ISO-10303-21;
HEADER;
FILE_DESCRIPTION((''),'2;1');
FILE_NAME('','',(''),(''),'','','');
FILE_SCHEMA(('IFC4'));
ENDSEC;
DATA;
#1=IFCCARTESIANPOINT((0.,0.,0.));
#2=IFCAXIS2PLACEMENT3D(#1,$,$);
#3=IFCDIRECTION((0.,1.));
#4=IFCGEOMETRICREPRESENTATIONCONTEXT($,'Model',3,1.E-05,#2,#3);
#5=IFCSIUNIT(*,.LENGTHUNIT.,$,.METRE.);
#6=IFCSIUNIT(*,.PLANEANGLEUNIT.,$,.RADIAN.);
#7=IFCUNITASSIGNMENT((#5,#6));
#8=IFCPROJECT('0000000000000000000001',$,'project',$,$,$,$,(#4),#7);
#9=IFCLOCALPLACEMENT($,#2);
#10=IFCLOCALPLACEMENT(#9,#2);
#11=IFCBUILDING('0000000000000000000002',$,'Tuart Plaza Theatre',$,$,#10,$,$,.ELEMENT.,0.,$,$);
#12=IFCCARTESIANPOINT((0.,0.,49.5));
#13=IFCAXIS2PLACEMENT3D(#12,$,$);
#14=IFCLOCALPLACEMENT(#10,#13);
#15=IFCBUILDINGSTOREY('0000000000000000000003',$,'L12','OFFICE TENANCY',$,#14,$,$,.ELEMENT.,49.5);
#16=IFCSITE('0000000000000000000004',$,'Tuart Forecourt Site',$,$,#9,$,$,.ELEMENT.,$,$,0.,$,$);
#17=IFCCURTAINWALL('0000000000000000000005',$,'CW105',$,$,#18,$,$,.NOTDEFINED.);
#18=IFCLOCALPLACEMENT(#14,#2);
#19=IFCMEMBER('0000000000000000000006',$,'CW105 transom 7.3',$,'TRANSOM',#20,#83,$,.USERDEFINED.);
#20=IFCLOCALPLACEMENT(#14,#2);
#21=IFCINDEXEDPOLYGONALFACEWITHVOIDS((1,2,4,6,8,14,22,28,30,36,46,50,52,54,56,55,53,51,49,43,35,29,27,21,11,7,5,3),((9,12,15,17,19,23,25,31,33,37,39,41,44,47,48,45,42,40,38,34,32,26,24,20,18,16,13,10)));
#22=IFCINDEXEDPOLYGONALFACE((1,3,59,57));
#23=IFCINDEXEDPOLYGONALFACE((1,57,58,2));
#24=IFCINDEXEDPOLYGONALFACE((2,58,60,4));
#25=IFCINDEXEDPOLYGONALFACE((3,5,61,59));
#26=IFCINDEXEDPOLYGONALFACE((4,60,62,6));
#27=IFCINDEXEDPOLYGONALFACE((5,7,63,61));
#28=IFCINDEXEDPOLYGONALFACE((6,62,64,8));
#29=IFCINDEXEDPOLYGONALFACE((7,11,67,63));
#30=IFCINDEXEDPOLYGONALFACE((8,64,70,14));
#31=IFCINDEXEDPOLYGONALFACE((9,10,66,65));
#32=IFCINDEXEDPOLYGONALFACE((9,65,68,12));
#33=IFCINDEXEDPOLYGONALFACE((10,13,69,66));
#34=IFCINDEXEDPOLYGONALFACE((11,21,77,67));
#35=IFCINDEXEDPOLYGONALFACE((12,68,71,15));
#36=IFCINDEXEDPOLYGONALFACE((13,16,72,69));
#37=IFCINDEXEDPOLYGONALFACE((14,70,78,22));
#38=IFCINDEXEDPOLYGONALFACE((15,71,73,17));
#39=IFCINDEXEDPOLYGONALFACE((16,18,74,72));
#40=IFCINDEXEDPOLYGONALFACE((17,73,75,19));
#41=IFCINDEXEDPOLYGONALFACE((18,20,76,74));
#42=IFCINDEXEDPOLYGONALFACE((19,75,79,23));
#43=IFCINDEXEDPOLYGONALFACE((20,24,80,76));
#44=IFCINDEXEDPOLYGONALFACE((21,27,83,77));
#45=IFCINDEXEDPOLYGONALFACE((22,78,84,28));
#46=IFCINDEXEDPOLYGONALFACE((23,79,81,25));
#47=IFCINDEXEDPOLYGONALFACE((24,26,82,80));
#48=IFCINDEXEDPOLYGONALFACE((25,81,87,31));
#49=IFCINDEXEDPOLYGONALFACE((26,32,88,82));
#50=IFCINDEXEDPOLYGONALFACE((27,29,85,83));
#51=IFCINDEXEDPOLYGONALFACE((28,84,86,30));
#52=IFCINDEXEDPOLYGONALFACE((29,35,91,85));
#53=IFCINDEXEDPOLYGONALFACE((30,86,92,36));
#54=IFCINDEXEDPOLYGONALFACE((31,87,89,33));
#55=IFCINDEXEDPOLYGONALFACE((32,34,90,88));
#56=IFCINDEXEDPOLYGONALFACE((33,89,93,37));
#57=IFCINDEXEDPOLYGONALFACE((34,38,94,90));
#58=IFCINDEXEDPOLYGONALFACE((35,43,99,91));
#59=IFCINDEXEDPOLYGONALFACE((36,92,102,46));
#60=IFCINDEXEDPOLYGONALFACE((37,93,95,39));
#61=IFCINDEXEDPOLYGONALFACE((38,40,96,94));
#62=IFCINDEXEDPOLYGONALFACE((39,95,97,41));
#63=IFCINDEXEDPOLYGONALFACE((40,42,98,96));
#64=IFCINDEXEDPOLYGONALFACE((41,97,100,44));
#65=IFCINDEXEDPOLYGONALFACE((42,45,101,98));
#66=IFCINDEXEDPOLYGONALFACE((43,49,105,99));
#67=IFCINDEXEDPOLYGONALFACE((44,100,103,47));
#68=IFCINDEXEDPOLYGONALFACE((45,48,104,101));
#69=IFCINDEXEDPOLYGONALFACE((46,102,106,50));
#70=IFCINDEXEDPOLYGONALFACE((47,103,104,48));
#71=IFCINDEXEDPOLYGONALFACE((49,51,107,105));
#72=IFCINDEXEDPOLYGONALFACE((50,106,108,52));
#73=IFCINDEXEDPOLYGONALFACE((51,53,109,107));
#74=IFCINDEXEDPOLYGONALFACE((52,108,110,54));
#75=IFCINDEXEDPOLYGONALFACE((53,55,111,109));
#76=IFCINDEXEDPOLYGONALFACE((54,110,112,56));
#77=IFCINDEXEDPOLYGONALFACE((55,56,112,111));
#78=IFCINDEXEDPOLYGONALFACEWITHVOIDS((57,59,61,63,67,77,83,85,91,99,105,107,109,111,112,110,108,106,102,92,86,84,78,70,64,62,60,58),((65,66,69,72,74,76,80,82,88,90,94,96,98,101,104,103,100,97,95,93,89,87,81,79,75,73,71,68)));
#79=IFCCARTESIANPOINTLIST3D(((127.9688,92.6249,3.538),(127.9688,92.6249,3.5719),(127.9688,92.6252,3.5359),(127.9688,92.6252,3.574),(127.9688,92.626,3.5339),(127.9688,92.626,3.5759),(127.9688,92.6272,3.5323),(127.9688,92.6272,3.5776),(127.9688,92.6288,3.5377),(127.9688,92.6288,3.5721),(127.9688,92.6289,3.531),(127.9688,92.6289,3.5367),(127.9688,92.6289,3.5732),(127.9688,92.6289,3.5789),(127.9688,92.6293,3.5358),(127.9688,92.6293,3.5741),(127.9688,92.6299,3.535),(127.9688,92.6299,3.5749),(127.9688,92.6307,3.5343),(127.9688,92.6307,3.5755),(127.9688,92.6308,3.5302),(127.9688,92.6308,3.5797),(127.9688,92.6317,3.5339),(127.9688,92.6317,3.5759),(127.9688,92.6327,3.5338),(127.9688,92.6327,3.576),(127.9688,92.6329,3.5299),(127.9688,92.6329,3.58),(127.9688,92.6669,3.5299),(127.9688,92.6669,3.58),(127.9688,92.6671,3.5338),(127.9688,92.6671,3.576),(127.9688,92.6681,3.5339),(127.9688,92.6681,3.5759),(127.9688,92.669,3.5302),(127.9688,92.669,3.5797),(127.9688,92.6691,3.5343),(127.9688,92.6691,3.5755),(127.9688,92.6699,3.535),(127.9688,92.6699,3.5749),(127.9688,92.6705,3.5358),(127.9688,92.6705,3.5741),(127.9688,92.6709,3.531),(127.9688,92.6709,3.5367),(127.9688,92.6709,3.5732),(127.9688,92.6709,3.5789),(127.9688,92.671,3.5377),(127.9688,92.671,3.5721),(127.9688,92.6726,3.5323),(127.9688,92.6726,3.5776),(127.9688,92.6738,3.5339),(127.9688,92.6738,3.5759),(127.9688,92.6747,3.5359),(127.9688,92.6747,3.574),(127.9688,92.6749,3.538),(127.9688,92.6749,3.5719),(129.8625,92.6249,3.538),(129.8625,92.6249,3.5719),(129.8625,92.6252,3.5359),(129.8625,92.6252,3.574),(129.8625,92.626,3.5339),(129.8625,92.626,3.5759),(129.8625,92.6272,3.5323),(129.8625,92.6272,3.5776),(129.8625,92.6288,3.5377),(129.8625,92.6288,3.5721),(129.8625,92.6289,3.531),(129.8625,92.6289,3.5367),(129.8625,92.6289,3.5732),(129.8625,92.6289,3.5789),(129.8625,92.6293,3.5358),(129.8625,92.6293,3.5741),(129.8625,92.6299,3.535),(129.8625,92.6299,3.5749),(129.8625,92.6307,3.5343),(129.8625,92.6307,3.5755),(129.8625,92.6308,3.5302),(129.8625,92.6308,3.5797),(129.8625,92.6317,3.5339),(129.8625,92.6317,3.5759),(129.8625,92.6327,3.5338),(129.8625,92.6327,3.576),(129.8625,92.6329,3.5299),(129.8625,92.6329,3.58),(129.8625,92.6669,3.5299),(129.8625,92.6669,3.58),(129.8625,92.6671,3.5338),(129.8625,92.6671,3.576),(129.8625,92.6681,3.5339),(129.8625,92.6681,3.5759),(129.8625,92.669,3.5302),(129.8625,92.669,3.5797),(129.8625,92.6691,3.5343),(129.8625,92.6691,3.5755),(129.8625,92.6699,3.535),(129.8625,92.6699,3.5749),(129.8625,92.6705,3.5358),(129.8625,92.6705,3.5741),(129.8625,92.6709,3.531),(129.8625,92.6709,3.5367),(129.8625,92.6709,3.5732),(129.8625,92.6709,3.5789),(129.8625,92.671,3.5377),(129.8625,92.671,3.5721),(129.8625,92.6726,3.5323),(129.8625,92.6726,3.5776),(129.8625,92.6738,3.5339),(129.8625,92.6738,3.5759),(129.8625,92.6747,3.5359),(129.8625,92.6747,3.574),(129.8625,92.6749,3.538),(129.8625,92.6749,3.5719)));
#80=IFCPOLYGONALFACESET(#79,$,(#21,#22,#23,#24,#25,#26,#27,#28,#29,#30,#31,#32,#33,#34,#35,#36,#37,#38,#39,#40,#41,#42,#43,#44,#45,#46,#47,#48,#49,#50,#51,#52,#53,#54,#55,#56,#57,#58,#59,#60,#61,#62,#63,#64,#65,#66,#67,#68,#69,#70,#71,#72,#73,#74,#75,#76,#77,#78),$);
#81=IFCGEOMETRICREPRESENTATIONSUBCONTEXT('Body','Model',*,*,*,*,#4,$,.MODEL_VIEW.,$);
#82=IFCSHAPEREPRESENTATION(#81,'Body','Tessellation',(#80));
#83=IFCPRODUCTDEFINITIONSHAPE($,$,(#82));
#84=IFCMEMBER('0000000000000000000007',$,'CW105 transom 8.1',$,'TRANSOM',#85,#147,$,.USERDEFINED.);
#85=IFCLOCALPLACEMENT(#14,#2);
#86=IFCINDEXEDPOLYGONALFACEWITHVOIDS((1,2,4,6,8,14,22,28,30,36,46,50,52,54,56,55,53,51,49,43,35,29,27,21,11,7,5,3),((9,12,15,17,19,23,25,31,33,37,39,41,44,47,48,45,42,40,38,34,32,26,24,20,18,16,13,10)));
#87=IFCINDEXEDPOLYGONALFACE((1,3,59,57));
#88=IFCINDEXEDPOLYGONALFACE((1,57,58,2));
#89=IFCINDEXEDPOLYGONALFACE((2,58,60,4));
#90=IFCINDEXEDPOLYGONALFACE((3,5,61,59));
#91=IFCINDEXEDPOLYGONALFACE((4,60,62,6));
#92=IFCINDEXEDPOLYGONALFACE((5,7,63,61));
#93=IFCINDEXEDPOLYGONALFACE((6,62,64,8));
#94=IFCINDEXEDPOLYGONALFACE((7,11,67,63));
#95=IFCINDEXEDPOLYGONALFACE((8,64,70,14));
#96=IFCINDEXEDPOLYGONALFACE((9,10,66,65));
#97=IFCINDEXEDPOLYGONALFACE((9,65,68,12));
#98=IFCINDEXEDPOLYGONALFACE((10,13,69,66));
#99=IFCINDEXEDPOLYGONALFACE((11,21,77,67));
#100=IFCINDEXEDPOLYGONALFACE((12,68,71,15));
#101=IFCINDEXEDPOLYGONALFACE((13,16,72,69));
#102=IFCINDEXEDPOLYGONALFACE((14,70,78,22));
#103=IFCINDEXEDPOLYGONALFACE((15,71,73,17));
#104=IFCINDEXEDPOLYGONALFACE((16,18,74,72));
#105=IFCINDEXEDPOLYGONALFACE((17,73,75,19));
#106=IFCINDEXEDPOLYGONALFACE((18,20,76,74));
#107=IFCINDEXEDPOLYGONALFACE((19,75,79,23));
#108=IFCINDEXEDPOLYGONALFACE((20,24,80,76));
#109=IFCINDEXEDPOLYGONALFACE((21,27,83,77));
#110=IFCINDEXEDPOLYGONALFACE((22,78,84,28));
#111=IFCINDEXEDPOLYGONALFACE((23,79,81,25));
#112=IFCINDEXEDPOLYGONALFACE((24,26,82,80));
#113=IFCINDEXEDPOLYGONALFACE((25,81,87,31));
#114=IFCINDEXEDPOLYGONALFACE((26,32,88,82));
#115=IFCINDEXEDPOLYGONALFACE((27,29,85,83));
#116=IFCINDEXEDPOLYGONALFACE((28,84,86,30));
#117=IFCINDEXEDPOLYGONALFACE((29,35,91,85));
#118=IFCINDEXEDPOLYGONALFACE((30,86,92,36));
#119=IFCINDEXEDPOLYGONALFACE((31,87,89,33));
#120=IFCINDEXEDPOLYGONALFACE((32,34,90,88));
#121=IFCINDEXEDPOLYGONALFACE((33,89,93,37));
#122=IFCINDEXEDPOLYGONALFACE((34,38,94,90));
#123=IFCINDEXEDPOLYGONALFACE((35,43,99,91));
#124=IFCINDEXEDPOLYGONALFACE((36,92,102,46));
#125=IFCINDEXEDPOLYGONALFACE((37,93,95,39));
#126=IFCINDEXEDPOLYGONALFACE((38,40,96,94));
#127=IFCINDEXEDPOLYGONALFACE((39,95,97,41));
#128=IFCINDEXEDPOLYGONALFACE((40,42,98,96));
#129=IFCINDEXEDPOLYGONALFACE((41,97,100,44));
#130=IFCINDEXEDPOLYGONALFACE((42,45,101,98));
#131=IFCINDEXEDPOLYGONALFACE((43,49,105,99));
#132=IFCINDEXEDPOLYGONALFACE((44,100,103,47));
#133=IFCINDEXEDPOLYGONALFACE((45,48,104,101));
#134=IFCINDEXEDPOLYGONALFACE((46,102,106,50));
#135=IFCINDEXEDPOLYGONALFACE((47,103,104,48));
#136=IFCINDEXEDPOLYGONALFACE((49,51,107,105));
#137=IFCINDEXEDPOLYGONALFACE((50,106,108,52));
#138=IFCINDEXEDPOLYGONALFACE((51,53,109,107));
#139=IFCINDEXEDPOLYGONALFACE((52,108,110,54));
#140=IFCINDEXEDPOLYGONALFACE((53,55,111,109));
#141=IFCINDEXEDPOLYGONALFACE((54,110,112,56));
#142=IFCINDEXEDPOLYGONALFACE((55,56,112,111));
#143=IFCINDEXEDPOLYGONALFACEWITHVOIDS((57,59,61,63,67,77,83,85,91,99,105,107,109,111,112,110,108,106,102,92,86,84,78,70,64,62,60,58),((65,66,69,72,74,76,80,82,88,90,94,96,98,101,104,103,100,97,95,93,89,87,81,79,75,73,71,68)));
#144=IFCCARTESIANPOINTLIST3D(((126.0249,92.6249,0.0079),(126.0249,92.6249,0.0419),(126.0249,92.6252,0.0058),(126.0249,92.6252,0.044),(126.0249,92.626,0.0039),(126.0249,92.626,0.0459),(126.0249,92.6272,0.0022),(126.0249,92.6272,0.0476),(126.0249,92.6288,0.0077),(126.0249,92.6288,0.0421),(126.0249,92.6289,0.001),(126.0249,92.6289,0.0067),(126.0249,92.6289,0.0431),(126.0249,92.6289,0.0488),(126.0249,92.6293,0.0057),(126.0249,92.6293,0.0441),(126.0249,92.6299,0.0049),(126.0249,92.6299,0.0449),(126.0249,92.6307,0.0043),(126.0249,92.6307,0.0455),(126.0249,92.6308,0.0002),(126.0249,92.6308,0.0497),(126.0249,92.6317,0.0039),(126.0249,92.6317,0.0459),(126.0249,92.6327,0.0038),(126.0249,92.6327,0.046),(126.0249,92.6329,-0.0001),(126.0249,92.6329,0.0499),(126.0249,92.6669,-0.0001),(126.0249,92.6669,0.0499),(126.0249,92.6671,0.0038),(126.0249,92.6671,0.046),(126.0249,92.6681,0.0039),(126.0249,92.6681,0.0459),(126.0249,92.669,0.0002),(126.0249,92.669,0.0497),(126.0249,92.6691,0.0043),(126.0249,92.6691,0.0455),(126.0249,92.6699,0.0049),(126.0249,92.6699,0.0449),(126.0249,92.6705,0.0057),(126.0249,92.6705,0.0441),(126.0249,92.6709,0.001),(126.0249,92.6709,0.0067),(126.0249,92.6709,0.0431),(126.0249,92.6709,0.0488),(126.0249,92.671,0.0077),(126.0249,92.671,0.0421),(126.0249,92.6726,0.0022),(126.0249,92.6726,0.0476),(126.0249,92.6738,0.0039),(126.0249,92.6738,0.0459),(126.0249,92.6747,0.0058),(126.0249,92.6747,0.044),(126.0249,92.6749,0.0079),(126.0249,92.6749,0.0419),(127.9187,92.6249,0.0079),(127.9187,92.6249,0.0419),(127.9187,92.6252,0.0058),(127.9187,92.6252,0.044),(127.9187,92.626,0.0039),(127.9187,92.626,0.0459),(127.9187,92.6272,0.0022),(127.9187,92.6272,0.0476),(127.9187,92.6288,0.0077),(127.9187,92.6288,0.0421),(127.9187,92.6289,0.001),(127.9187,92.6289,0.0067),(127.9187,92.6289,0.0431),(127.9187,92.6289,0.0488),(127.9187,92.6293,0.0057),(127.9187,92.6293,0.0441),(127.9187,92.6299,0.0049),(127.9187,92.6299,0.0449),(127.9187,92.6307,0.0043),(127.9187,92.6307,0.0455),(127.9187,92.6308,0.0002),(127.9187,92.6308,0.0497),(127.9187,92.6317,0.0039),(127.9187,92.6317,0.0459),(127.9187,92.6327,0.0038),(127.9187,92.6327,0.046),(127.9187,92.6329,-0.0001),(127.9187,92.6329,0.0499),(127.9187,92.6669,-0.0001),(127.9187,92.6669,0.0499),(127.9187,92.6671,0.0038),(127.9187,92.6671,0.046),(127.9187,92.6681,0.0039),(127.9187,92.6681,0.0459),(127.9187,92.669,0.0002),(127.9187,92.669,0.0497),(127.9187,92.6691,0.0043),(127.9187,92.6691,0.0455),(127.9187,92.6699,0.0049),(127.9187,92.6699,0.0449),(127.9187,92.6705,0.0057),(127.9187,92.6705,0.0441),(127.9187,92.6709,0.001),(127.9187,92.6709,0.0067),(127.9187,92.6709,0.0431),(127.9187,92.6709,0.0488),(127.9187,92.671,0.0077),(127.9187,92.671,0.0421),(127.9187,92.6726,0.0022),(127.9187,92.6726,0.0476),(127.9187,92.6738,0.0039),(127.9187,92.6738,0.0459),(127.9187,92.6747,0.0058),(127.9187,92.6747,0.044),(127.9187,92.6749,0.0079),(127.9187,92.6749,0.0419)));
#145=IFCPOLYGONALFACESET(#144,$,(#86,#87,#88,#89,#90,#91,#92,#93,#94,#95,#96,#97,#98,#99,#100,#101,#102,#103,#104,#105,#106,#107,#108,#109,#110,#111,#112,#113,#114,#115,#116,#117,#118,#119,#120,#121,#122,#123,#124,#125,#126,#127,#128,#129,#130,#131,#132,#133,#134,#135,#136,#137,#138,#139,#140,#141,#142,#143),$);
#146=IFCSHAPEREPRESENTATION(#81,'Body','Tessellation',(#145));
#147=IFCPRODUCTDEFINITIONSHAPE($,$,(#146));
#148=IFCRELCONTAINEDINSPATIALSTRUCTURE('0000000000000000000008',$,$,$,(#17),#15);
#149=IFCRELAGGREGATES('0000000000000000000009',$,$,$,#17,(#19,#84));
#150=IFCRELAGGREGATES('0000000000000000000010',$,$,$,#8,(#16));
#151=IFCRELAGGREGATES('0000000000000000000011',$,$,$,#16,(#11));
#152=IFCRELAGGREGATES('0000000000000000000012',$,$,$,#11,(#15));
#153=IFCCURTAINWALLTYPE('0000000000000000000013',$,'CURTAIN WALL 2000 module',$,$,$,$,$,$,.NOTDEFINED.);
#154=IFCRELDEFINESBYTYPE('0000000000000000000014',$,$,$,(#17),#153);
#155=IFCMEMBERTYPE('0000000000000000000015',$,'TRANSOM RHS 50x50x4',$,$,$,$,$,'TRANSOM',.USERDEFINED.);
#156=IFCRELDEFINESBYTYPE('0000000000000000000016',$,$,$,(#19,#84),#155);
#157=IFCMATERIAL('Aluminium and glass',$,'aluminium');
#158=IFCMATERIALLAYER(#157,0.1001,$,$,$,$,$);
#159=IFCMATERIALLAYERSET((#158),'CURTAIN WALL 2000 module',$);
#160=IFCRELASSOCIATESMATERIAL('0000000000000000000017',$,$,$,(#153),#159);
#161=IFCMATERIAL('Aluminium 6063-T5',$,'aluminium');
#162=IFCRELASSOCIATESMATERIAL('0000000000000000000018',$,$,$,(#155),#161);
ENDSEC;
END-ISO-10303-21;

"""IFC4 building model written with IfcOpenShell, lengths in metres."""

from ifc_helpers import new_model, si_unit, direction, frame, origin, origin_2d, place, context, subcontext, project, spatial, hollow_rectangle, extrude, material, layer, layer_set, material_profile, profile_set, type_object, element, aggregate, save


model = new_model("IFC4")

# Units and contexts
model_context = context("Model", 3, precision=1e-05, world=origin(), true_north=direction((0.0, 1.0)))
body_context = subcontext(model_context, "Body", "Model", "MODEL_VIEW")
ifc_project = project(units=[si_unit("LENGTHUNIT", "METRE"), si_unit("PLANEANGLEUNIT", "RADIAN")], contexts=[model_context])

# Site, building, storey
site_placement = place(None, origin())
site = spatial("IfcSite", under=ifc_project, at=site_placement, Name="Tuart Forecourt Site", CompositionType="ELEMENT", RefElevation=0.0)
building_placement = place(site_placement, origin())
building = spatial("IfcBuilding", under=site, at=building_placement, Name="Tuart Plaza Theatre", CompositionType="ELEMENT", ElevationOfRefHeight=0.0)
storey_placement = place(building_placement, frame((0.0, 0.0, 49.5)))
storey = spatial("IfcBuildingStorey", under=building, at=storey_placement, Name="L12", Description="OFFICE TENANCY", CompositionType="ELEMENT", Elevation=49.5)

# Curtain wall, members
ifc_material_1 = material(Name="Aluminium and glass", Category="aluminium")
ifc_layer_1 = layer(ifc_material_1, 0.1001)
ifc_layer_set_1 = layer_set([ifc_layer_1], Name="CURTAIN WALL 2000 module")
curtain_wall_type = type_object("IfcCurtainWallType", Name="CURTAIN WALL 2000 module", PredefinedType="NOTDEFINED", material=ifc_layer_set_1)
curtain_wall_placement = place(storey_placement, origin())
curtain_wall = element("IfcCurtainWall", 1, at=curtain_wall_placement, inside=storey, type_object=curtain_wall_type, Name="CW105", PredefinedType="NOTDEFINED")
ifc_material_2 = material(Name="Aluminium 6063-T5", Category="aluminium")
ifc_material_profile_1 = material_profile(ifc_material_2, hollow_rectangle(XDim=0.05, YDim=0.05, WallThickness=0.0039, InnerFilletRadius=0.0039, OuterFilletRadius=0.0081, at=origin_2d()), Name="RHS 50x50x4")
ifc_profile_set_1 = profile_set([ifc_material_profile_1], Name="Aluminium 6063-T5")
member_type_1 = type_object("IfcMemberType", Name="TRANSOM RHS 50x50x4", ElementType="TRANSOM", PredefinedType="USERDEFINED", material=ifc_profile_set_1)
member_1_placement = place(storey_placement, frame((129.8625, 92.6499, 3.5549), z_axis=(-1.0, 0.0, 0.0), x_axis=(0.0, -1.0, 0.0)))
member_1 = element("IfcMember", 2, at=member_1_placement, type_object=member_type_1, Name="CW105 transom 7.3", ObjectType="TRANSOM", PredefinedType="USERDEFINED", context=body_context, shape_type="SweptSolid", body=[
    extrude(hollow_rectangle(XDim=0.05, YDim=0.05, WallThickness=0.0039, InnerFilletRadius=0.0039, OuterFilletRadius=0.0081, at=origin_2d()), origin(), (0.0, 0.0, 1.0), 1.8938),
])
member_2_placement = place(storey_placement, frame((127.9187, 92.6499, 0.0249), z_axis=(-1.0, 0.0, 0.0), x_axis=(0.0, -1.0, 0.0)))
member_2 = element("IfcMember", 3, at=member_2_placement, type_object=member_type_1, Name="CW105 transom 8.1", ObjectType="TRANSOM", PredefinedType="USERDEFINED", context=body_context, shape_type="SweptSolid", body=[
    extrude(hollow_rectangle(XDim=0.05, YDim=0.05, WallThickness=0.0039, InnerFilletRadius=0.0039, OuterFilletRadius=0.0081, at=origin_2d()), origin(), (0.0, 0.0, 1.0), 1.8938),
])
aggregate(curtain_wall, [member_1, member_2])

save(model, "model.ifc")
